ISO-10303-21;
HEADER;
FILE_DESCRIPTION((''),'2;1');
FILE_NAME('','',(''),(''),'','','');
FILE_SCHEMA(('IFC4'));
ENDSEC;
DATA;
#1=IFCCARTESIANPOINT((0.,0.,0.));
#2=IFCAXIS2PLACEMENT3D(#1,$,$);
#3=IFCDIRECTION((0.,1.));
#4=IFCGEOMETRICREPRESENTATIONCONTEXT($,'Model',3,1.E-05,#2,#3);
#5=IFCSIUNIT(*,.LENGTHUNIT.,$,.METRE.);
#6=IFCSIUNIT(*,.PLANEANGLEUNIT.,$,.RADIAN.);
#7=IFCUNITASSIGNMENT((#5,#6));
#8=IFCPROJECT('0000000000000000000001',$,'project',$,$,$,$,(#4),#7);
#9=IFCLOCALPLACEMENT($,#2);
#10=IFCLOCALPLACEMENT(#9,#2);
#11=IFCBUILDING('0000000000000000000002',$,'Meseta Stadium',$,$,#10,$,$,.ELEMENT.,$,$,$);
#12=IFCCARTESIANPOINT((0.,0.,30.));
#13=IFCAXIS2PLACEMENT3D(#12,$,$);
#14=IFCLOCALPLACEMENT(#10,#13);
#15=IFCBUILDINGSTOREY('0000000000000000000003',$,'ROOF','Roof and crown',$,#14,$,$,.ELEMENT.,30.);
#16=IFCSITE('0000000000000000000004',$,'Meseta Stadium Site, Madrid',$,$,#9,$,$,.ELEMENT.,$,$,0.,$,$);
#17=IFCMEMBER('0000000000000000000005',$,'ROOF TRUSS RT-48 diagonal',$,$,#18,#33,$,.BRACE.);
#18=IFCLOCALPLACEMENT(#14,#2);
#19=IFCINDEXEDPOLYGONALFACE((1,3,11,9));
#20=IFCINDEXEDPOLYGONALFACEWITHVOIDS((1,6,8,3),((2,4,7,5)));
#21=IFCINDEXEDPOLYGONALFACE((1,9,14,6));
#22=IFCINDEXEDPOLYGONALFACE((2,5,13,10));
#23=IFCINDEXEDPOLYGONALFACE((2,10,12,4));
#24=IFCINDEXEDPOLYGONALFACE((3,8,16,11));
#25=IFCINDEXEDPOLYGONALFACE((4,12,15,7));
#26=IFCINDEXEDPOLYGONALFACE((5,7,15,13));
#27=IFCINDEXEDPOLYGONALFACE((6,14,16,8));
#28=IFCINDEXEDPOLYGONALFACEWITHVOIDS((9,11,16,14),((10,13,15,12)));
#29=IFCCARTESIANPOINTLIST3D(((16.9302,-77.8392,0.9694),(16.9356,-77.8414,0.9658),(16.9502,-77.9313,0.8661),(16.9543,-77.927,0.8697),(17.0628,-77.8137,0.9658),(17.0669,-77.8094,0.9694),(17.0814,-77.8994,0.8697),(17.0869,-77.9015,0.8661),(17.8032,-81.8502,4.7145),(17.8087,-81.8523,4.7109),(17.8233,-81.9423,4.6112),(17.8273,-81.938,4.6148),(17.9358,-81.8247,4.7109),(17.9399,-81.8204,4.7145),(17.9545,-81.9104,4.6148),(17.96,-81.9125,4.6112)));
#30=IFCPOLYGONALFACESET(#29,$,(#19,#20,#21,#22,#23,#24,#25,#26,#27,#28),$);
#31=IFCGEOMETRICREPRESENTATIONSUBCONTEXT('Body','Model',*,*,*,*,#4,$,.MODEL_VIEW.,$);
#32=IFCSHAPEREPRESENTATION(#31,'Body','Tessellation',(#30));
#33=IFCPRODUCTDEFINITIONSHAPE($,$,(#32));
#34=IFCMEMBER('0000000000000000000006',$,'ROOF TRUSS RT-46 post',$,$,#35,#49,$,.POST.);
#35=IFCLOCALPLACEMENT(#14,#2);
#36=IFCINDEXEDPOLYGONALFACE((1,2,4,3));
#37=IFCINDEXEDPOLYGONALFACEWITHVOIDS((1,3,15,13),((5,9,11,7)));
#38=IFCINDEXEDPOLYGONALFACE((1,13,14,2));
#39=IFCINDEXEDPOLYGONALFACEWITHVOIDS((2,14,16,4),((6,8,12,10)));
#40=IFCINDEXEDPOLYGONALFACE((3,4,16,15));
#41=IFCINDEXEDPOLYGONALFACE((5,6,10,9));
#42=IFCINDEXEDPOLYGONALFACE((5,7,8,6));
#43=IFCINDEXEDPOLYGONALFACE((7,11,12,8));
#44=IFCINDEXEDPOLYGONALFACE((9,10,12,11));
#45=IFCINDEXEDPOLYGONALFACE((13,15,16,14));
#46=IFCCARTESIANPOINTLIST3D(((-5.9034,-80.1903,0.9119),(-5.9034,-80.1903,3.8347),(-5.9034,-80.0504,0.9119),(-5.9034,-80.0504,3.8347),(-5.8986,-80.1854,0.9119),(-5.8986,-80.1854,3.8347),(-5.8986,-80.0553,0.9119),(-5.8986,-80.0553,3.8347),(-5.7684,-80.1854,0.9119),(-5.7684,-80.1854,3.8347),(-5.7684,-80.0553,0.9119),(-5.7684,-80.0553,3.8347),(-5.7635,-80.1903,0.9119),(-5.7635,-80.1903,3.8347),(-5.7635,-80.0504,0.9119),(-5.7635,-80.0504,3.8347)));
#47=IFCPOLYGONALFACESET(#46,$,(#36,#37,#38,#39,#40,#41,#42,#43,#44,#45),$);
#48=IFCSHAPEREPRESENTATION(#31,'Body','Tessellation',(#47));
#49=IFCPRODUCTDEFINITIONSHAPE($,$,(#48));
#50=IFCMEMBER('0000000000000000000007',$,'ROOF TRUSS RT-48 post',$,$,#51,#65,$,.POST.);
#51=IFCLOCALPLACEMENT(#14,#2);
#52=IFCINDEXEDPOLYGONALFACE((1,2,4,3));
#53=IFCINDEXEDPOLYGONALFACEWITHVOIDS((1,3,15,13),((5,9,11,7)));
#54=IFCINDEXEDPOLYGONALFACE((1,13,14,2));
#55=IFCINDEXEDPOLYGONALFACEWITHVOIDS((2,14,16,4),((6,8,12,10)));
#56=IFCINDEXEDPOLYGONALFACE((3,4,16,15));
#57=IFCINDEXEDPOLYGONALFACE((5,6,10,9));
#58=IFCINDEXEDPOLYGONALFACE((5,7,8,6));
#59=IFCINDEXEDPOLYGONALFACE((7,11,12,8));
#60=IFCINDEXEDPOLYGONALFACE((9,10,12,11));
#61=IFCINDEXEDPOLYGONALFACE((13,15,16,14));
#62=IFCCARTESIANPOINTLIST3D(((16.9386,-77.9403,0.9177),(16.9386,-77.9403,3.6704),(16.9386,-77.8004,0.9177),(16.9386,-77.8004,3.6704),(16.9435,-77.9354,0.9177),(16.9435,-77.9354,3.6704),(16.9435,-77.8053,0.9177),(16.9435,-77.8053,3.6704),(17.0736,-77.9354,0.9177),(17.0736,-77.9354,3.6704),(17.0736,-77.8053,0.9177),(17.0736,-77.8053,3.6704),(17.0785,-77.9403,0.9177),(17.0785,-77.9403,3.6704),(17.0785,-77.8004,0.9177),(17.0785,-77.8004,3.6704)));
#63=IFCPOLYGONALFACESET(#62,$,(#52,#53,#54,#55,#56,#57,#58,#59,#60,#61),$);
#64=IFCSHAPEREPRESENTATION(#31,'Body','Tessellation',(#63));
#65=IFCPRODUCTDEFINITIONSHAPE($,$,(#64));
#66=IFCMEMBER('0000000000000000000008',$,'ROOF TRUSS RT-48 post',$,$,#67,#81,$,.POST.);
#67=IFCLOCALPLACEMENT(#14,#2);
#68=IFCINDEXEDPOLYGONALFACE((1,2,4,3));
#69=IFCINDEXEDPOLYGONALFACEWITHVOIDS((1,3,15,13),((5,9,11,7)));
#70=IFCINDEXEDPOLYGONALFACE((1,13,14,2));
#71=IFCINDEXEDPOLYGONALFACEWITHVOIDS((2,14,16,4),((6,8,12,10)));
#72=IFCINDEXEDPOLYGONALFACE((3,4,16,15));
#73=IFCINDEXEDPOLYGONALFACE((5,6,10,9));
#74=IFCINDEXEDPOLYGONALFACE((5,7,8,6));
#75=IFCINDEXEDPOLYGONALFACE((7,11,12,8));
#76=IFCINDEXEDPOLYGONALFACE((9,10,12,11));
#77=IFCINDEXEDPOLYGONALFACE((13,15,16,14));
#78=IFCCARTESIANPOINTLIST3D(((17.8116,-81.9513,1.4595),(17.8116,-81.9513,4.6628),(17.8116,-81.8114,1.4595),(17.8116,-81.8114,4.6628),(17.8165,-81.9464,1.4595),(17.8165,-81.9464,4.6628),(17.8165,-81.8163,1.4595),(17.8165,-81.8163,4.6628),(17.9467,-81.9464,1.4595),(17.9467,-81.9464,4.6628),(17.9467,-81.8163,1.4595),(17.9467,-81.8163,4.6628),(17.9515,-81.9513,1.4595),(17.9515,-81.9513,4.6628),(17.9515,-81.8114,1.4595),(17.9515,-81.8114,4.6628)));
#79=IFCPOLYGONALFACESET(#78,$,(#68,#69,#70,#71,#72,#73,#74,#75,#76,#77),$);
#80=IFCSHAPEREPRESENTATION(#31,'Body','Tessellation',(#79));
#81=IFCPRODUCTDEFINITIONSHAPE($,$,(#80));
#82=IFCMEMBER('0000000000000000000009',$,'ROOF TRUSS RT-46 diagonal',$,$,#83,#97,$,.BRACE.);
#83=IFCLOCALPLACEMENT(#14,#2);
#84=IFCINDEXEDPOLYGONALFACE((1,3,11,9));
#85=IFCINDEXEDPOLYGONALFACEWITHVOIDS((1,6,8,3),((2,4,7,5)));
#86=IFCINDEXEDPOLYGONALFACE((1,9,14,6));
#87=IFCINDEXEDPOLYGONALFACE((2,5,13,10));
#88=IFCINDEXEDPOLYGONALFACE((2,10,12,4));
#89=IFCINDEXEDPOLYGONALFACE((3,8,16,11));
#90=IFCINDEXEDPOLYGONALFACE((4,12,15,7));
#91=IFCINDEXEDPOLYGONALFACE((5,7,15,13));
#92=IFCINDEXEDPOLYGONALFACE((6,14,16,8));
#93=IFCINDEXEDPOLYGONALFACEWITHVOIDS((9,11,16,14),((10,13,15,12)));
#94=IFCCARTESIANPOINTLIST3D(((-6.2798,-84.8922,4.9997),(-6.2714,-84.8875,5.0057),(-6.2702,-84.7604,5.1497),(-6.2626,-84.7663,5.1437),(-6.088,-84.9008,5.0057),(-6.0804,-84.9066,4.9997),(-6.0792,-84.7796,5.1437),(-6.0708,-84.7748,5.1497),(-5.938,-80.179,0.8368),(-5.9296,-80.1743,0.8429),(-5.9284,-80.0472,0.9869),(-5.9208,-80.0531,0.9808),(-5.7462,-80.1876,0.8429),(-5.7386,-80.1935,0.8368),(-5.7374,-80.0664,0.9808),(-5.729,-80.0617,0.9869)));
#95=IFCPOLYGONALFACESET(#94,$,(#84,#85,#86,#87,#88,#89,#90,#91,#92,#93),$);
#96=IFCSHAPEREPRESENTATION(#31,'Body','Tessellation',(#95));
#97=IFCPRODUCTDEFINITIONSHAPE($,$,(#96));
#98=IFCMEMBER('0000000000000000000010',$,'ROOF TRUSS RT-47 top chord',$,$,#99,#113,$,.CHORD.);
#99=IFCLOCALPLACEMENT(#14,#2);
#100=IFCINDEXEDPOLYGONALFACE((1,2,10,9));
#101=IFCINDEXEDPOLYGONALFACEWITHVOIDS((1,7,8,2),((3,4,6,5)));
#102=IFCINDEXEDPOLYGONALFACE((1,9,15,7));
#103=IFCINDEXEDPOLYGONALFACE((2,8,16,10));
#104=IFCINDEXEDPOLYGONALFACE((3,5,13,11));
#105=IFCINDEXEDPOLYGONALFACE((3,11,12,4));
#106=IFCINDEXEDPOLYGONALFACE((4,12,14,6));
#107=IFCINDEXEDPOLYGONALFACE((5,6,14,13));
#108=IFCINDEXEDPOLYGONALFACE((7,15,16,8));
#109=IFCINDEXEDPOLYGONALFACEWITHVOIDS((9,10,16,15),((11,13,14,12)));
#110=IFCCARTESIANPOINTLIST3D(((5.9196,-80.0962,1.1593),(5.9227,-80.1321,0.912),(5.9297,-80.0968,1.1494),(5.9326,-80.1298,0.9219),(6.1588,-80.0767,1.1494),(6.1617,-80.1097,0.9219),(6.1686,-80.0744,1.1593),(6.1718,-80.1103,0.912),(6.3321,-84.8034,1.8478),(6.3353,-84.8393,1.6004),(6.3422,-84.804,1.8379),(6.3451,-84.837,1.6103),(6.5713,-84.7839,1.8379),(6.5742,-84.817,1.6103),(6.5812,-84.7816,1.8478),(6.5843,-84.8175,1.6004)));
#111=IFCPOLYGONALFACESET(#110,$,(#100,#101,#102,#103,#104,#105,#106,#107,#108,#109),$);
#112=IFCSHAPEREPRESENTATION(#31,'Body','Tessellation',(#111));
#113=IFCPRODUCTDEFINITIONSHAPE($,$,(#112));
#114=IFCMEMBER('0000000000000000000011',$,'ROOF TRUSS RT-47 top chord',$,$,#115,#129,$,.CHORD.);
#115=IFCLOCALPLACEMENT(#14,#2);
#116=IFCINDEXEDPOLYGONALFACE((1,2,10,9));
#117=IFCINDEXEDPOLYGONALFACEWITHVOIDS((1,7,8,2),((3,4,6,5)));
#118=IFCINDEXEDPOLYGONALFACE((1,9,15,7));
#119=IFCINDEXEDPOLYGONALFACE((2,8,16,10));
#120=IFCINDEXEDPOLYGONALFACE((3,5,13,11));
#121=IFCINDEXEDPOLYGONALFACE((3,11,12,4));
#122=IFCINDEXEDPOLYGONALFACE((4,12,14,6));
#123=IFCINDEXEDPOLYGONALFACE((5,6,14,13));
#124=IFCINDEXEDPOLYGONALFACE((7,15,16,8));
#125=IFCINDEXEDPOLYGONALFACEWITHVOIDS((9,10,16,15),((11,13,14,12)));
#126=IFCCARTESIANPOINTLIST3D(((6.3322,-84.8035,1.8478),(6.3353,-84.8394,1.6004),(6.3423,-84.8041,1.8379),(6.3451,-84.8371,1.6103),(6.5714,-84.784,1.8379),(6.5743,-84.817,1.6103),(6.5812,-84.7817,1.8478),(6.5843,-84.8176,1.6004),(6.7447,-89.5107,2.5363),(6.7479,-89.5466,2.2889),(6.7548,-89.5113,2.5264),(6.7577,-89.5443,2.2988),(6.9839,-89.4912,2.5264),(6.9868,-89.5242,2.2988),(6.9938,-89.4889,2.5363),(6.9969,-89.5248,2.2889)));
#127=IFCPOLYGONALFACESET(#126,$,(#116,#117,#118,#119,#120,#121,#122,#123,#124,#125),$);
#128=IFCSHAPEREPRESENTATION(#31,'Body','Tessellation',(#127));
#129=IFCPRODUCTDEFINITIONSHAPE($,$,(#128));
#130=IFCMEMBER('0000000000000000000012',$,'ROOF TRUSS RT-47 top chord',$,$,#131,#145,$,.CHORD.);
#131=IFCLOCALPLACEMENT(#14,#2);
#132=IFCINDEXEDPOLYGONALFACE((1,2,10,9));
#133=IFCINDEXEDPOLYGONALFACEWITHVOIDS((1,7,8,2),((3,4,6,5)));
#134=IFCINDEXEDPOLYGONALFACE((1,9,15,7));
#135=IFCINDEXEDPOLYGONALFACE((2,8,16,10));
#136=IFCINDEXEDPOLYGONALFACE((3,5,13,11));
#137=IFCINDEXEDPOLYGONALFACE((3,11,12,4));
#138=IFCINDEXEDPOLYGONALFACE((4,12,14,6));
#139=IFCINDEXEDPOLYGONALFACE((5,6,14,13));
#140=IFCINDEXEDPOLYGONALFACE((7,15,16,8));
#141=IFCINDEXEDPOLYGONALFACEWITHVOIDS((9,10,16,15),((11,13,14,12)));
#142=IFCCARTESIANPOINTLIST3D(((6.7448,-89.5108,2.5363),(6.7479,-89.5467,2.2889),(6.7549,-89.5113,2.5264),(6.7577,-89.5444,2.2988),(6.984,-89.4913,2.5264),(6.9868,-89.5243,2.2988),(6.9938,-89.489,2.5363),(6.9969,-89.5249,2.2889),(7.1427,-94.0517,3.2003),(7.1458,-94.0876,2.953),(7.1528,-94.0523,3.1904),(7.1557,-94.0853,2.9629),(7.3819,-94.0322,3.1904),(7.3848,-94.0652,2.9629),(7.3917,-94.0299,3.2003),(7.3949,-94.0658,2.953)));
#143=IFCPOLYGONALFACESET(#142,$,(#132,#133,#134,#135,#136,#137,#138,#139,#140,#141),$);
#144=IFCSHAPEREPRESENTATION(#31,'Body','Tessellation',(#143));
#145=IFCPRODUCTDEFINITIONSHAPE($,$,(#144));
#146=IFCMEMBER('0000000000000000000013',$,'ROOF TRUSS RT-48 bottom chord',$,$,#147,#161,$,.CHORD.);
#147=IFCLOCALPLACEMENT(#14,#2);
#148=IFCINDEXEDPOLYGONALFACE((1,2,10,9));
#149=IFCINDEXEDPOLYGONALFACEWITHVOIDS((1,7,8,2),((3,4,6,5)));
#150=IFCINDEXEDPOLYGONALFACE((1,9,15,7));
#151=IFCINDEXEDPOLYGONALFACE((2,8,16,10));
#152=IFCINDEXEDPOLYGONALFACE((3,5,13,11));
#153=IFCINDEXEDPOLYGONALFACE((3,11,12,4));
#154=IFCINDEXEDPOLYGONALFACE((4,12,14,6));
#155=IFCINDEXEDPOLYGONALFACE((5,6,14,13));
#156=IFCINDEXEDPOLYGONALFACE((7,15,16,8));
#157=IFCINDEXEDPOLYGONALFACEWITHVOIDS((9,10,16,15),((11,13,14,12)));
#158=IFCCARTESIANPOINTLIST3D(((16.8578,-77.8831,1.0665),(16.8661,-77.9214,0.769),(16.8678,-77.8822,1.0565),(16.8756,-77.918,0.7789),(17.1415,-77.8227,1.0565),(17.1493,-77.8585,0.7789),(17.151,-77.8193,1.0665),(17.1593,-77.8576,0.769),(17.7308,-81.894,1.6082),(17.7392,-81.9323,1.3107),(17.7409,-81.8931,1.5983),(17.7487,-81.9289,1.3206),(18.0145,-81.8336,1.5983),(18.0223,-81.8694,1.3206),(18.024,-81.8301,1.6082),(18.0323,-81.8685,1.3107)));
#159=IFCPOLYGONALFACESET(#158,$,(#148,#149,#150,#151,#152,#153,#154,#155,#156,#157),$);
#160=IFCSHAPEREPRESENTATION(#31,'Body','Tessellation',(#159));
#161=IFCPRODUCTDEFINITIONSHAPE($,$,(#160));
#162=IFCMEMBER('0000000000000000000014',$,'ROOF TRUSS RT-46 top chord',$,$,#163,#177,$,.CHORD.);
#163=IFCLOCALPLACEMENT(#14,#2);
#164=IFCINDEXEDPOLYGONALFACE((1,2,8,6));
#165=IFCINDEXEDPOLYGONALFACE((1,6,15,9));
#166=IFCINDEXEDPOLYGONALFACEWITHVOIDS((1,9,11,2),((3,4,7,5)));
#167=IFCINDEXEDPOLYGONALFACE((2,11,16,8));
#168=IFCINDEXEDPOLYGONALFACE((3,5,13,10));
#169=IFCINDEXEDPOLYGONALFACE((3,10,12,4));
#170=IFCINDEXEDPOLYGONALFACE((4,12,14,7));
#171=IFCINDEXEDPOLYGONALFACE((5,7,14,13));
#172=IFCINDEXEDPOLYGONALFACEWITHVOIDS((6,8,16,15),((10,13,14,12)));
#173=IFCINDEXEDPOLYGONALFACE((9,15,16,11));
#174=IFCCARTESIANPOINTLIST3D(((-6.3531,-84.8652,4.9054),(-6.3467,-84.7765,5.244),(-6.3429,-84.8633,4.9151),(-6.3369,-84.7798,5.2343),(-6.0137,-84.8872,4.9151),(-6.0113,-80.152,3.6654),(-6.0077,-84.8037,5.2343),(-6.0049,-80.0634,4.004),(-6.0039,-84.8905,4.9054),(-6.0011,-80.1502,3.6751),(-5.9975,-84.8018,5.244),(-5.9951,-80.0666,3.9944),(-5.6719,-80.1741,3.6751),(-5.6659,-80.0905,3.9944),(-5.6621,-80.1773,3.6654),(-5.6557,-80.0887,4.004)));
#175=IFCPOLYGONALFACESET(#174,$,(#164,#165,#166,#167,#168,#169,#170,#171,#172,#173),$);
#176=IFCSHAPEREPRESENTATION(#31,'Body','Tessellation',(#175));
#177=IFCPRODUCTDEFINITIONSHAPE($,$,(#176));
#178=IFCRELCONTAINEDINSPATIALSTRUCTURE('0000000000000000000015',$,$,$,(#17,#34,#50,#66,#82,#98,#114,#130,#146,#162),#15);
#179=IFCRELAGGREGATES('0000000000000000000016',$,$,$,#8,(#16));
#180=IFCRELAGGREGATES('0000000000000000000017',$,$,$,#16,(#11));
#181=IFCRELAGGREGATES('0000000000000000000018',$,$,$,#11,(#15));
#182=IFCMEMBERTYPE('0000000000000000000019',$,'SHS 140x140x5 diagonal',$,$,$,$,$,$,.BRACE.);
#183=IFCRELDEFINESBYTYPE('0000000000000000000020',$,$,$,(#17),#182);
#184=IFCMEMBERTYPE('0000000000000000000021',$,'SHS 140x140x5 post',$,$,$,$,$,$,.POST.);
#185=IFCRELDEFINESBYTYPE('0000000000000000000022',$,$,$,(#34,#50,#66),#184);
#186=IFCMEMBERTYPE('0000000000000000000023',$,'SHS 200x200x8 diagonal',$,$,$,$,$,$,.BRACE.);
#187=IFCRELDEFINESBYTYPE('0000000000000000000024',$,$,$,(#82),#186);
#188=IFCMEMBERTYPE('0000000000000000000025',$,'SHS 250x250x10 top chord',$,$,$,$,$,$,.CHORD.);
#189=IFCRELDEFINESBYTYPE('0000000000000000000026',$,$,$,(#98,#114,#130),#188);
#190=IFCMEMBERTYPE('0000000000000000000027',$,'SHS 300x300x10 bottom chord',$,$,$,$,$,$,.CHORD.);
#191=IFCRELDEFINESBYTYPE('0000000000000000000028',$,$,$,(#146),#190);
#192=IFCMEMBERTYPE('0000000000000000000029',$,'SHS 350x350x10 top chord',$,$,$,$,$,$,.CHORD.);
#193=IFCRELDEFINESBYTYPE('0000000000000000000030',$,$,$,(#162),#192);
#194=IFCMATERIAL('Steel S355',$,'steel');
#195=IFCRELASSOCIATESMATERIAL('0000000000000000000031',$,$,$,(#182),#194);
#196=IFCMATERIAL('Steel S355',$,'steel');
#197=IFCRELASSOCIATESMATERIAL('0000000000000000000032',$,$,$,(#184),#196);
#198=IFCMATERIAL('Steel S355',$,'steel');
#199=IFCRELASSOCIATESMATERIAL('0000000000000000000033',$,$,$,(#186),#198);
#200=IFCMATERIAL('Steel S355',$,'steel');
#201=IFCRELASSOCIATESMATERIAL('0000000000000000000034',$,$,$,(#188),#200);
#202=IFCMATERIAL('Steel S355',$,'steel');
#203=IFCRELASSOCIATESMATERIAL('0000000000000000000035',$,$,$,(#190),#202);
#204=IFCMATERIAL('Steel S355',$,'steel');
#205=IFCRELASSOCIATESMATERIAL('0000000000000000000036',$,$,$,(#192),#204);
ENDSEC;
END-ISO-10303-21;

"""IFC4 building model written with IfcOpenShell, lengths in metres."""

from ifc_helpers import new_model, si_unit, direction, frame, origin, origin_2d, place, context, subcontext, project, spatial, hollow_rectangle, extrude, material, material_profile, profile_set, type_object, element, save


model = new_model("IFC4")

# Units and contexts
model_context = context("Model", 3, precision=1e-05, world=origin(), true_north=direction((0.0, 1.0)))
body_context = subcontext(model_context, "Body", "Model", "MODEL_VIEW")
ifc_project = project(units=[si_unit("LENGTHUNIT", "METRE"), si_unit("PLANEANGLEUNIT", "RADIAN")], contexts=[model_context])

# Site, building, storey
site_placement = place(None, origin())
site = spatial("IfcSite", under=ifc_project, at=site_placement, Name="Meseta Stadium Site, Madrid", CompositionType="ELEMENT", RefElevation=0.0)
building_placement = place(site_placement, origin())
building = spatial("IfcBuilding", under=site, at=building_placement, Name="Meseta Stadium", CompositionType="ELEMENT")
storey_placement = place(building_placement, frame((0.0, 0.0, 30.0)))
storey = spatial("IfcBuildingStorey", under=building, at=storey_placement, Name="ROOF", Description="Roof and crown", CompositionType="ELEMENT", Elevation=30.0)

# Members
ifc_material_1 = material(Name="Steel S355", Category="steel")
ifc_material_profile_1 = material_profile(ifc_material_1, hollow_rectangle(XDim=0.1399, YDim=0.1399, WallThickness=0.0049, at=origin_2d()), Name="SHS 140x140x5")
ifc_profile_set_1 = profile_set([ifc_material_profile_1], Name="Steel S355")
member_type_1 = type_object("IfcMemberType", Name="SHS 140x140x5 diagonal", PredefinedType="BRACE", material=ifc_profile_set_1)
member_1_placement = place(storey_placement, frame((17.0085, -77.8704, 0.9177), z_axis=(0.157118, -0.721838, 0.673991), x_axis=(0.977121, 0.212684, 0.0)))
element("IfcMember", 1, at=member_1_placement, inside=storey, type_object=member_type_1, Name="ROOF TRUSS RT-48 diagonal", PredefinedType="BRACE", context=body_context, shape_type="SweptSolid", body=[
    extrude(hollow_rectangle(XDim=0.1399, YDim=0.1399, WallThickness=0.0049, at=origin_2d()), origin(), (0.0, 0.0, 1.0), 5.5566),
])
ifc_material_2 = material(Name="Steel S355", Category="steel")
ifc_material_profile_2 = material_profile(ifc_material_2, hollow_rectangle(XDim=0.1399, YDim=0.1399, WallThickness=0.0049, at=origin_2d()), Name="SHS 140x140x5")
ifc_profile_set_2 = profile_set([ifc_material_profile_2], Name="Steel S355")
member_type_2 = type_object("IfcMemberType", Name="SHS 140x140x5 post", PredefinedType="POST", material=ifc_profile_set_2)
member_2_placement = place(storey_placement, frame((-5.8335, -80.1204, 0.9119), z_axis=(0.0, 0.0, 1.0), x_axis=(1.0, 0.0, 0.0)))
element("IfcMember", 2, at=member_2_placement, inside=storey, type_object=member_type_2, Name="ROOF TRUSS RT-46 post", PredefinedType="POST", context=body_context, shape_type="SweptSolid", body=[
    extrude(hollow_rectangle(XDim=0.1399, YDim=0.1399, WallThickness=0.0049, at=origin_2d()), origin(), (0.0, 0.0, 1.0), 2.9229),
])
member_3_placement = place(storey_placement, frame((17.0085, -77.8704, 0.9177), z_axis=(0.0, 0.0, 1.0), x_axis=(1.0, 0.0, 0.0)))
element("IfcMember", 3, at=member_3_placement, inside=storey, type_object=member_type_2, Name="ROOF TRUSS RT-48 post", PredefinedType="POST", context=body_context, shape_type="SweptSolid", body=[
    extrude(hollow_rectangle(XDim=0.1399, YDim=0.1399, WallThickness=0.0049, at=origin_2d()), origin(), (0.0, 0.0, 1.0), 2.7527),
])
member_4_placement = place(storey_placement, frame((17.8816, -81.8813, 1.4595), z_axis=(0.0, 0.0, 1.0), x_axis=(1.0, 0.0, 0.0)))
element("IfcMember", 4, at=member_4_placement, inside=storey, type_object=member_type_2, Name="ROOF TRUSS RT-48 post", PredefinedType="POST", context=body_context, shape_type="SweptSolid", body=[
    extrude(hollow_rectangle(XDim=0.1399, YDim=0.1399, WallThickness=0.0049, at=origin_2d()), origin(), (0.0, 0.0, 1.0), 3.2034),
])
ifc_material_3 = material(Name="Steel S355", Category="steel")
ifc_material_profile_3 = material_profile(ifc_material_3, hollow_rectangle(XDim=0.2, YDim=0.2, WallThickness=0.0081, at=origin_2d()), Name="SHS 200x200x8")
ifc_profile_set_3 = profile_set([ifc_material_profile_3], Name="Steel S355")
member_type_3 = type_object("IfcMemberType", Name="SHS 200x200x8 diagonal", PredefinedType="BRACE", material=ifc_profile_set_3)
member_5_placement = place(storey_placement, frame((-5.8335, -80.1204, 0.9119), z_axis=(-0.054274, -0.748402, 0.661021), x_axis=(0.997381, -0.07233, 0.0)))
element("IfcMember", 5, at=member_5_placement, inside=storey, type_object=member_type_3, Name="ROOF TRUSS RT-46 diagonal", PredefinedType="BRACE", context=body_context, shape_type="SweptSolid", body=[
    extrude(hollow_rectangle(XDim=0.2, YDim=0.2, WallThickness=0.0081, at=origin_2d()), origin(), (0.0, 0.0, 1.0), 6.2976),
])
ifc_material_4 = material(Name="Steel S355", Category="steel")
ifc_material_profile_4 = material_profile(ifc_material_4, hollow_rectangle(XDim=0.25, YDim=0.25, WallThickness=0.01, at=origin_2d()), Name="SHS 250x250x10")
ifc_profile_set_4 = profile_set([ifc_material_profile_4], Name="Steel S355")
member_type_4 = type_object("IfcMemberType", Name="SHS 250x250x10 top chord", PredefinedType="CHORD", material=ifc_profile_set_4)
for number, where, z_axis, x_axis, name in (
    (6, (6.0457, -80.1033, 1.0356), (0.086404, -0.985772, 0.144177), (0.996181, 0.087316, 0.0), "ROOF TRUSS RT-47 top chord"),
    (7, (6.4583, -84.8105, 1.7241), (0.086404, -0.985772, 0.144177), (0.996181, 0.087316, 0.0), "ROOF TRUSS RT-47 top chord"),
):
    element("IfcMember", number, at=place(storey_placement, frame(where, z_axis=z_axis, x_axis=x_axis)), inside=storey, type_object=member_type_4, Name=name, PredefinedType="CHORD", context=body_context, shape_type="SweptSolid", body=[
        extrude(hollow_rectangle(XDim=0.25, YDim=0.25, WallThickness=0.01, at=origin_2d()), origin(), (0.0, 0.0, 1.0), 4.7751),
    ])
member_6_placement = place(storey_placement, frame((6.8708, -89.5178, 2.4126), z_axis=(0.086388, -0.985777, 0.144157), x_axis=(0.996182, 0.0873, 0.0)))
element("IfcMember", 8, at=member_6_placement, inside=storey, type_object=member_type_4, Name="ROOF TRUSS RT-47 top chord", PredefinedType="CHORD", context=body_context, shape_type="SweptSolid", body=[
    extrude(hollow_rectangle(XDim=0.25, YDim=0.25, WallThickness=0.01, at=origin_2d()), origin(), (0.0, 0.0, 1.0), 4.6064),
])
ifc_material_5 = material(Name="Steel S355", Category="steel")
ifc_material_profile_5 = material_profile(ifc_material_5, hollow_rectangle(XDim=0.3, YDim=0.3, WallThickness=0.01, at=origin_2d()), Name="SHS 300x300x10")
ifc_profile_set_5 = profile_set([ifc_material_profile_5], Name="Steel S355")
member_type_5 = type_object("IfcMemberType", Name="SHS 300x300x10 bottom chord", PredefinedType="CHORD", material=ifc_profile_set_5)
member_7_placement = place(storey_placement, frame((17.0085, -77.8704, 0.9177), z_axis=(0.210856, -0.968721, 0.130841), x_axis=(0.977121, 0.212684, 0.0)))
element("IfcMember", 9, at=member_7_placement, inside=storey, type_object=member_type_5, Name="ROOF TRUSS RT-48 bottom chord", PredefinedType="CHORD", context=body_context, shape_type="SweptSolid", body=[
    extrude(hollow_rectangle(XDim=0.3, YDim=0.3, WallThickness=0.01, at=origin_2d()), origin(), (0.0, 0.0, 1.0), 4.1404),
])
ifc_material_6 = material(Name="Steel S355", Category="steel")
ifc_material_profile_6 = material_profile(ifc_material_6, hollow_rectangle(XDim=0.3501, YDim=0.3501, WallThickness=0.01, at=origin_2d()), Name="SHS 350x350x10")
ifc_profile_set_6 = profile_set([ifc_material_profile_6], Name="Steel S355")
member_type_6 = type_object("IfcMemberType", Name="SHS 350x350x10 top chord", PredefinedType="CHORD", material=ifc_profile_set_6)
member_8_placement = place(storey_placement, frame((-5.8335, -80.1204, 3.8347), z_axis=(-0.069962, -0.96472, 0.253811), x_axis=(0.997381, -0.07233, 0.0)))
element("IfcMember", 10, at=member_8_placement, inside=storey, type_object=member_type_6, Name="ROOF TRUSS RT-46 top chord", PredefinedType="CHORD", context=body_context, shape_type="SweptSolid", body=[
    extrude(hollow_rectangle(XDim=0.3501, YDim=0.3501, WallThickness=0.01, at=origin_2d()), origin(), (0.0, 0.0, 1.0), 4.8855),
])

save(model, "model.ifc")
